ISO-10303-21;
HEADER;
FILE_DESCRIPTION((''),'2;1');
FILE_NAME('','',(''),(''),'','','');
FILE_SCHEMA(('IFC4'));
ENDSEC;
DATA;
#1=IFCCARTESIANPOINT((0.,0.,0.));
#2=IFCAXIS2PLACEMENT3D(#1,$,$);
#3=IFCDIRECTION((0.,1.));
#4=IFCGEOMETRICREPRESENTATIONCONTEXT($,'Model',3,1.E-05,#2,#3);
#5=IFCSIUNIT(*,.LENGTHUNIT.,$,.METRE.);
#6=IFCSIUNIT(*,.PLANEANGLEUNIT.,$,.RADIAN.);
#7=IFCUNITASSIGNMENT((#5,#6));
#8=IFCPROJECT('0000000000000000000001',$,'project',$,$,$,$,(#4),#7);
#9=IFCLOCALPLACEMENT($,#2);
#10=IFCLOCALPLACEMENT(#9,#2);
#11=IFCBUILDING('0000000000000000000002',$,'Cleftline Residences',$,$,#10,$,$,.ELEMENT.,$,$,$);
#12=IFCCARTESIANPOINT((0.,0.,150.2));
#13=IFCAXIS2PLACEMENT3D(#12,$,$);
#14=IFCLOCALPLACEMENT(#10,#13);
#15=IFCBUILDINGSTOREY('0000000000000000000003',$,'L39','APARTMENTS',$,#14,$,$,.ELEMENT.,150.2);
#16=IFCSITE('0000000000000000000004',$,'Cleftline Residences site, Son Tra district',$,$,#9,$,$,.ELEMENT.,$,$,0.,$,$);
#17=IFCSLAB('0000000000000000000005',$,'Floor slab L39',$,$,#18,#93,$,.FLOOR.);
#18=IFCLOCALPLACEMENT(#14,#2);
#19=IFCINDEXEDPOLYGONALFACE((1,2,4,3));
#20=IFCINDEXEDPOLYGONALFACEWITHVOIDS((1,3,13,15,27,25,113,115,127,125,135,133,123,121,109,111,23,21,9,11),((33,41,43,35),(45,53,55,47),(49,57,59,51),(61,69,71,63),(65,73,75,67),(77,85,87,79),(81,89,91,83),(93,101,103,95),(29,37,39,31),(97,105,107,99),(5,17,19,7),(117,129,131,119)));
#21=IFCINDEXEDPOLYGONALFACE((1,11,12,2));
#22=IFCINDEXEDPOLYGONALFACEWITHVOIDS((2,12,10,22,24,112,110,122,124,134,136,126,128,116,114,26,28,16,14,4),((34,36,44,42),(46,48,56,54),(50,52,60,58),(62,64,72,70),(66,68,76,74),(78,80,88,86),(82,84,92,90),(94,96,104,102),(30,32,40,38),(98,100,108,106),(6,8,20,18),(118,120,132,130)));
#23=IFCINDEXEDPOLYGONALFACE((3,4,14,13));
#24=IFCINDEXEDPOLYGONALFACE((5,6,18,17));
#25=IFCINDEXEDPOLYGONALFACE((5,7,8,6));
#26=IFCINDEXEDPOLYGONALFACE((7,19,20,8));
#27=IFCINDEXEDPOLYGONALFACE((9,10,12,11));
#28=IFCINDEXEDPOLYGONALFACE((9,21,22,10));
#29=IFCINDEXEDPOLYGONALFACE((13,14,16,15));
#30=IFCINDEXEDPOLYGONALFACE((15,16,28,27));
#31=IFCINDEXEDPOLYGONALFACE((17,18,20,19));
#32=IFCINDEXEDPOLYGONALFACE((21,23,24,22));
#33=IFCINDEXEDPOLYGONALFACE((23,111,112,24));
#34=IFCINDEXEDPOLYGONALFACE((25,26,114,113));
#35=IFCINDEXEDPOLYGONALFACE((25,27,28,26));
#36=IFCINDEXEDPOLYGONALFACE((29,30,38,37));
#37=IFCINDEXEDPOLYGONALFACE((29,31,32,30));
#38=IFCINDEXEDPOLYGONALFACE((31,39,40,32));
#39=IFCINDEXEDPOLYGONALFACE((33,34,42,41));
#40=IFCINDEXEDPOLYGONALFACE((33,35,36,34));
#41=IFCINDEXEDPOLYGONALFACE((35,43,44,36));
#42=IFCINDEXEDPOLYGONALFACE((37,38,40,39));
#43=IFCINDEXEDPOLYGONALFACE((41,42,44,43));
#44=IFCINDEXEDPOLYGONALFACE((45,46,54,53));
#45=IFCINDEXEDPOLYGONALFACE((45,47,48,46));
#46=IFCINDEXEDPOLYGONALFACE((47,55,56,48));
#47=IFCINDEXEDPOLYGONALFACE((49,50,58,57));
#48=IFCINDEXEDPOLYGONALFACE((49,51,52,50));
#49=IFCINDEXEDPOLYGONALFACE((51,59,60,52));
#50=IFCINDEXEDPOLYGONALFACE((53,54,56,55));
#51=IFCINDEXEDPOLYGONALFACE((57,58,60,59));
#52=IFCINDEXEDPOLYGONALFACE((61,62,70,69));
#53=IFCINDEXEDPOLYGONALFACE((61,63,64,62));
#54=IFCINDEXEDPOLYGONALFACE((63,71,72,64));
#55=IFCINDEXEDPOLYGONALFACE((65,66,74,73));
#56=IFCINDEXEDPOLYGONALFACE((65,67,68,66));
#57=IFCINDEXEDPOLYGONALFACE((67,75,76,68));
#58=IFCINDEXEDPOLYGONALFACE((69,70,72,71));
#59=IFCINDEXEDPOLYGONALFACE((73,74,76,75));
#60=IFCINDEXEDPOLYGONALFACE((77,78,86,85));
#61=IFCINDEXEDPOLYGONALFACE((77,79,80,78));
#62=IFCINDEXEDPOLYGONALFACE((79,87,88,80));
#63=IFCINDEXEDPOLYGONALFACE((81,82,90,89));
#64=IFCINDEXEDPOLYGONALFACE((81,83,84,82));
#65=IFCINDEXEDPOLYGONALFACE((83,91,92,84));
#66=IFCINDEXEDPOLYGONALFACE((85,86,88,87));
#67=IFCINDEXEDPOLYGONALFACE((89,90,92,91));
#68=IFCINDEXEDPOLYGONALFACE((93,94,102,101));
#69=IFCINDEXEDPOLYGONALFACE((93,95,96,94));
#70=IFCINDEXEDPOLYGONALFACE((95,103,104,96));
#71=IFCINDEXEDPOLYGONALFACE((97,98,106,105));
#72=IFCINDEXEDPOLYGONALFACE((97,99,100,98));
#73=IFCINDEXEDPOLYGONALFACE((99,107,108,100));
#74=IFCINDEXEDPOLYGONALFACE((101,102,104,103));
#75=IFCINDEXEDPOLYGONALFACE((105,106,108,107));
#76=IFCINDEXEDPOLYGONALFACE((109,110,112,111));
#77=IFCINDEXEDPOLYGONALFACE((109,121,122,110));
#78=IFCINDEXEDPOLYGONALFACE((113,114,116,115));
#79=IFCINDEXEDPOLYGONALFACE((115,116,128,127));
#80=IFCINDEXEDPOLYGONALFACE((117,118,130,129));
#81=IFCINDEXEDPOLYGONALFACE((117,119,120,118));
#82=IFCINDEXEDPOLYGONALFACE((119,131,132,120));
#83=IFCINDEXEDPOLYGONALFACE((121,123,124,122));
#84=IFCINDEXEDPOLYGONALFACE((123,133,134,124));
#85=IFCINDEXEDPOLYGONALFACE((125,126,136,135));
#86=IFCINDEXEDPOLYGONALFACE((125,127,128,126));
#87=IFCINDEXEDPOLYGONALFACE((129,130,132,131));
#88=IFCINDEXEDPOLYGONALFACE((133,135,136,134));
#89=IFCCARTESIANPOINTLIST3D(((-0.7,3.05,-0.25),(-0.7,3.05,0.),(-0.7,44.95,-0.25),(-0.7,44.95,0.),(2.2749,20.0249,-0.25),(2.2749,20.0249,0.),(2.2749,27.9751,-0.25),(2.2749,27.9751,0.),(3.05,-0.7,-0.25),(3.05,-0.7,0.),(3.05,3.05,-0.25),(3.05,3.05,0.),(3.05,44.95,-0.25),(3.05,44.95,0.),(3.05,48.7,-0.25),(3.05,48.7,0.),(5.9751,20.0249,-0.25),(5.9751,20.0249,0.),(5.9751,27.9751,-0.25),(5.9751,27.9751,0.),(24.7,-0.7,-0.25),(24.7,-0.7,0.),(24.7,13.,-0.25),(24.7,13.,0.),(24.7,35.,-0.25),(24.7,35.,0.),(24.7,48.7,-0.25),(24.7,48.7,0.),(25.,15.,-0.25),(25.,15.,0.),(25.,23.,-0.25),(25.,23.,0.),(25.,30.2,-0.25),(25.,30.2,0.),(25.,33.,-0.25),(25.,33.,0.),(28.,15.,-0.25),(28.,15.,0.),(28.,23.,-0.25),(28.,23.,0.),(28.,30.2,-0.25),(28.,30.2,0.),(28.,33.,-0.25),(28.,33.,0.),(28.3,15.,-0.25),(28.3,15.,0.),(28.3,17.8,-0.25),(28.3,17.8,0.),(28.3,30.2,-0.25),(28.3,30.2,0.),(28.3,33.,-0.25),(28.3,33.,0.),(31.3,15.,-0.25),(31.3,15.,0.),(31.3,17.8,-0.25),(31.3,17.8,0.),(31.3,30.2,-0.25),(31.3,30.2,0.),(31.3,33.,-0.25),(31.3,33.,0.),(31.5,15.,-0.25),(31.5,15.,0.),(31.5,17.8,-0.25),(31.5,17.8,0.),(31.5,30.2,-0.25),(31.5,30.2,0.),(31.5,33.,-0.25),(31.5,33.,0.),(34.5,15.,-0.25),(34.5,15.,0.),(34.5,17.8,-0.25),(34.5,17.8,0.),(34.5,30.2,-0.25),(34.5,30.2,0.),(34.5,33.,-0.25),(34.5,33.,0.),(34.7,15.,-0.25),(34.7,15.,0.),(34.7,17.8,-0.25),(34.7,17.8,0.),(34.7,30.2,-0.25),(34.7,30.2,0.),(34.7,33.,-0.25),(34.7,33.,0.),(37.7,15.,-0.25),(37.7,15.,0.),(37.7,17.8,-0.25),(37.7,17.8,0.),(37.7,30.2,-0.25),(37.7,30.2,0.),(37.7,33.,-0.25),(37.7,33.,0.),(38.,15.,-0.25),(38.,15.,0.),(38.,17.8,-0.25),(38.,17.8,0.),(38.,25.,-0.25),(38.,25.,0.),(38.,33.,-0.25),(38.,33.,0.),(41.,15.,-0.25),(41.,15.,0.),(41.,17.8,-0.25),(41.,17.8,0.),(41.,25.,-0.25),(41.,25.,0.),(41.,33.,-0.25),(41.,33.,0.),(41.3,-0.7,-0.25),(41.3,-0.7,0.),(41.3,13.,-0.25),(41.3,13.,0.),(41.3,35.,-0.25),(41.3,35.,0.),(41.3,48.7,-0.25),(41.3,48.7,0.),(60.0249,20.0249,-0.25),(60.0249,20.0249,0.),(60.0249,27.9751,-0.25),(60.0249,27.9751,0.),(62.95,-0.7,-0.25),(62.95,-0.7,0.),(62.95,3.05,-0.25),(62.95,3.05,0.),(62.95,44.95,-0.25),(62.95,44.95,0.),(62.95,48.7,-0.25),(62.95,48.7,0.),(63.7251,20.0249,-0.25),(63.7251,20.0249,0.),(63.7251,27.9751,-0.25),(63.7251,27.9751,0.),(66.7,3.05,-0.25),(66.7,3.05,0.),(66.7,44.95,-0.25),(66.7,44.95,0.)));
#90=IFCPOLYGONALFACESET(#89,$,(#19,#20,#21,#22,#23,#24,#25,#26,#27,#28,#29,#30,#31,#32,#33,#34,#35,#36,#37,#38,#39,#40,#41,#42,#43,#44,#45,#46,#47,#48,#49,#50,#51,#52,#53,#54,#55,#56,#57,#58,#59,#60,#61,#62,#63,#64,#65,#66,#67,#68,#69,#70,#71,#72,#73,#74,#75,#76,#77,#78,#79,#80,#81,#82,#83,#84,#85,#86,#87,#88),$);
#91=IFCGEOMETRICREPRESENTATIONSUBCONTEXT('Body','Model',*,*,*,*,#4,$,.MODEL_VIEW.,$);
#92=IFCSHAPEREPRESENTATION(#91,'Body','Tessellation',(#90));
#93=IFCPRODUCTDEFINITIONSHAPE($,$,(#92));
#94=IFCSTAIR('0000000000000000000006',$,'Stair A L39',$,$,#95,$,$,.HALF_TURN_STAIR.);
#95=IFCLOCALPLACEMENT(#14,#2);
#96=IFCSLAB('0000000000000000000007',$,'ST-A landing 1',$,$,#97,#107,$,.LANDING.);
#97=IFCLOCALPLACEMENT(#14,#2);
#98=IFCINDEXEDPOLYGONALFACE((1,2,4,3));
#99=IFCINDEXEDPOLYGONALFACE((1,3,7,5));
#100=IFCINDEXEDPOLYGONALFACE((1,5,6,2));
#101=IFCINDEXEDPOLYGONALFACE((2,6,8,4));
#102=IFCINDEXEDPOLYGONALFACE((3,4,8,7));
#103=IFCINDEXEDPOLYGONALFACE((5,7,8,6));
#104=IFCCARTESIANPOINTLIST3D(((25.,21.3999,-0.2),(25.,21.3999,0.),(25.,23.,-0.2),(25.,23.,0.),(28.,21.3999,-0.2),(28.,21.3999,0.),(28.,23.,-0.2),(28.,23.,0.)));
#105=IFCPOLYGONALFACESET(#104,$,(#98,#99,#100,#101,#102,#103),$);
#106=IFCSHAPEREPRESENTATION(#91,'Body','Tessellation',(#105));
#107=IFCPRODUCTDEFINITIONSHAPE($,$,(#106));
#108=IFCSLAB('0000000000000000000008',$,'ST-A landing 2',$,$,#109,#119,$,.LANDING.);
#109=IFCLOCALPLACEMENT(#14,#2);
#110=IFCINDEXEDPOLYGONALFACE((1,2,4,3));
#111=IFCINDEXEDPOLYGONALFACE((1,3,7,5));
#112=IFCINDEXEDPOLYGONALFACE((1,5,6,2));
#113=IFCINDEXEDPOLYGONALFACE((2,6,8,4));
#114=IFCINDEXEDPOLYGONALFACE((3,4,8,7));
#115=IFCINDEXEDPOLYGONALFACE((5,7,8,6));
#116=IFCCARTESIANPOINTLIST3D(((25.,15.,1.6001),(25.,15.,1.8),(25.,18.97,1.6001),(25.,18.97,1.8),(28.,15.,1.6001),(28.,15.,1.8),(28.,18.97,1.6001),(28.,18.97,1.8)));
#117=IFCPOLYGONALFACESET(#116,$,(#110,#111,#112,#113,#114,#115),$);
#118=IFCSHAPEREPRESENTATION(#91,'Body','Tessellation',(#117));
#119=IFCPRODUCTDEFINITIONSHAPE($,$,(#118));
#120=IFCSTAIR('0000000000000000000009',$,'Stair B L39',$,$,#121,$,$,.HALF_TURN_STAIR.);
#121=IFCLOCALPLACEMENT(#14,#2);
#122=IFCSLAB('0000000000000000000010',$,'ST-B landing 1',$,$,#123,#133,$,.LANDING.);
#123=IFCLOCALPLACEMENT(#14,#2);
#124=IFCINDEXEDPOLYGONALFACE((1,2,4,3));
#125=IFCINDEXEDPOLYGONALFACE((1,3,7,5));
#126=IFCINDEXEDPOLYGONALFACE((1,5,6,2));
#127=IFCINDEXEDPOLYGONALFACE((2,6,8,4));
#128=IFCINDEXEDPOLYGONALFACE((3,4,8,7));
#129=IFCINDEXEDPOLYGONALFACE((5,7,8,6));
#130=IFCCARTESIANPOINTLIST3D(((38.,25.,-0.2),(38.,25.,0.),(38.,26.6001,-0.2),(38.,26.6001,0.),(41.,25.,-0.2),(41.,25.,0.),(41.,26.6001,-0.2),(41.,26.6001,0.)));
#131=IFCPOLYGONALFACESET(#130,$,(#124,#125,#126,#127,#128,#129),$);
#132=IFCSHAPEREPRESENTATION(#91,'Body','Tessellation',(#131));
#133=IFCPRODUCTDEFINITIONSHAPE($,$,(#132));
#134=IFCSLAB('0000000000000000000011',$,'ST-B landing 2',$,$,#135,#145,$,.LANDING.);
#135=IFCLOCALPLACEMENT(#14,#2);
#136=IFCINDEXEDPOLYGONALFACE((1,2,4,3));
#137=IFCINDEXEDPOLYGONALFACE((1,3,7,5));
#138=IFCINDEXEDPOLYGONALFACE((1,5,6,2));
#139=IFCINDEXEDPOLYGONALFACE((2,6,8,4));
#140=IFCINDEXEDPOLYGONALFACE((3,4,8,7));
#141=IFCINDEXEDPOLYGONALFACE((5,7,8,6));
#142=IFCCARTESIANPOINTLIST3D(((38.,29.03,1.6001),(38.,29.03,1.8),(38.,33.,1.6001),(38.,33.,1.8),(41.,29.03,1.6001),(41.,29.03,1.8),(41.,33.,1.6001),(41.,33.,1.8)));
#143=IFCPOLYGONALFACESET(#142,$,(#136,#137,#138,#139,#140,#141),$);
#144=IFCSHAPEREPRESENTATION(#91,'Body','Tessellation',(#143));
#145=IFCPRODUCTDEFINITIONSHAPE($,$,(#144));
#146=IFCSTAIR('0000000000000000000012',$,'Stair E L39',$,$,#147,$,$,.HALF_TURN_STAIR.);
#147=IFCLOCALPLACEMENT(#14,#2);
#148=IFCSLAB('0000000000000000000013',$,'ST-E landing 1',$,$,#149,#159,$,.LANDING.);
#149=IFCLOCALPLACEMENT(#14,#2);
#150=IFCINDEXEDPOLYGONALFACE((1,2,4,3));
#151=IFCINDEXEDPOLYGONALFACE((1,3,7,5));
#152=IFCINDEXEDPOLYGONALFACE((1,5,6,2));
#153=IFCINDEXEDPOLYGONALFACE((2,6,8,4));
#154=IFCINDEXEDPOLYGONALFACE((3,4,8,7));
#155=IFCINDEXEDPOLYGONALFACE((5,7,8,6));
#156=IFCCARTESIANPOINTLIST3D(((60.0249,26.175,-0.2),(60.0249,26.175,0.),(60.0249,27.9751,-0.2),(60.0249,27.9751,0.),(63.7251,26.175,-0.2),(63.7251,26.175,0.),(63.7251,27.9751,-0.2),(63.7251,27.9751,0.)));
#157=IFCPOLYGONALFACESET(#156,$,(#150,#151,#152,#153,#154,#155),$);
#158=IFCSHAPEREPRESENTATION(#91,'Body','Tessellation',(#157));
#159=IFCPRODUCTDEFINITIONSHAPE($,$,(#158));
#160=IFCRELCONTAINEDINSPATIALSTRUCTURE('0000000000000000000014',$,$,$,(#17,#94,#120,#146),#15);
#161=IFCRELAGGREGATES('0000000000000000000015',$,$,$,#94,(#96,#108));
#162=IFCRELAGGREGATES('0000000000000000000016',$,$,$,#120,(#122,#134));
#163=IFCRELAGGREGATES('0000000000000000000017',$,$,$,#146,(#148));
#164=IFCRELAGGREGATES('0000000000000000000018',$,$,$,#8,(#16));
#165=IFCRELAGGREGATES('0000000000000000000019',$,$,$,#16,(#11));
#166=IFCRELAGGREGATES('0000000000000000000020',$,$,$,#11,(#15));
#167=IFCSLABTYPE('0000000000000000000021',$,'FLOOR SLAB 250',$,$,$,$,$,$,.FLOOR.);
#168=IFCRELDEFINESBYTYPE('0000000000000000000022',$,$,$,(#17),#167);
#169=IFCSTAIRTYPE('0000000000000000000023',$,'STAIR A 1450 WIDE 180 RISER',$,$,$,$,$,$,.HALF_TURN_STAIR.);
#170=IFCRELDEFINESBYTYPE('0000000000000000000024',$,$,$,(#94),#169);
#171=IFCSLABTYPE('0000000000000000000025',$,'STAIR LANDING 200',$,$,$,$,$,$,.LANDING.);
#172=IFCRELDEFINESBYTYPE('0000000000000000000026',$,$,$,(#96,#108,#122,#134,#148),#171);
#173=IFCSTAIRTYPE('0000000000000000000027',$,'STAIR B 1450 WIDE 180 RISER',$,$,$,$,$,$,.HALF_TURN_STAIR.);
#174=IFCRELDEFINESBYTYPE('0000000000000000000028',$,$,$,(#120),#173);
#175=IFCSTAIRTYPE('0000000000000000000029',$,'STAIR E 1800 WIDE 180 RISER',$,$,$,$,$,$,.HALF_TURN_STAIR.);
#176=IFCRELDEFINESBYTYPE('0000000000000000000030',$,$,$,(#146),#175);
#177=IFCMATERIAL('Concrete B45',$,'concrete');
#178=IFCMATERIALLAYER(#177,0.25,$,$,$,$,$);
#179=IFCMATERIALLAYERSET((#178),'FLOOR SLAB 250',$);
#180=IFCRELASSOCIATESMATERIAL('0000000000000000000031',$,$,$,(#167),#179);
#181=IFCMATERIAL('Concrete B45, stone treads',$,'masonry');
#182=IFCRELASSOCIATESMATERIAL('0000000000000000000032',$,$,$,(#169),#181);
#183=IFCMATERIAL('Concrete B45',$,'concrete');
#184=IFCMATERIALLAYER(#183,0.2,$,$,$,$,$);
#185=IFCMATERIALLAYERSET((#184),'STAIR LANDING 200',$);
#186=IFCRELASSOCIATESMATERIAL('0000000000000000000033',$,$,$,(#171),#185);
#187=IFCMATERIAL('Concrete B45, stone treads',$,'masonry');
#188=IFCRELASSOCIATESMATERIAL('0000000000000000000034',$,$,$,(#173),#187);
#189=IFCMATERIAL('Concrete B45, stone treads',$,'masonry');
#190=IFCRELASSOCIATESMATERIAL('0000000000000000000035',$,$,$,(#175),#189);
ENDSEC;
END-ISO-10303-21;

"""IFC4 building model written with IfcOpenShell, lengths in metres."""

from ifc_helpers import new_model, si_unit, direction, frame, origin, place, context, subcontext, project, spatial, polyline, outline, extrude, material, layer, layer_set, type_object, element, aggregate, save


model = new_model("IFC4")

# Units and contexts
model_context = context("Model", 3, precision=1e-05, world=origin(), true_north=direction((0.0, 1.0)))
body_context = subcontext(model_context, "Body", "Model", "MODEL_VIEW")
ifc_project = project(units=[si_unit("LENGTHUNIT", "METRE"), si_unit("PLANEANGLEUNIT", "RADIAN")], contexts=[model_context])

# Site, building, storey
site_placement = place(None, origin())
site = spatial("IfcSite", under=ifc_project, at=site_placement, Name="Cleftline Residences site, Son Tra district", CompositionType="ELEMENT", RefElevation=0.0)
building_placement = place(site_placement, origin())
building = spatial("IfcBuilding", under=site, at=building_placement, Name="Cleftline Residences", CompositionType="ELEMENT")
storey_placement = place(building_placement, frame((0.0, 0.0, 150.2)))
storey = spatial("IfcBuildingStorey", under=building, at=storey_placement, Name="L39", Description="APARTMENTS", CompositionType="ELEMENT", Elevation=150.2)

# Slab
ifc_material_1 = material(Name="Concrete B45", Category="concrete")
ifc_layer_1 = layer(ifc_material_1, 0.25)
ifc_layer_set_1 = layer_set([ifc_layer_1], Name="FLOOR SLAB 250")
slab_type_1 = type_object("IfcSlabType", Name="FLOOR SLAB 250", PredefinedType="FLOOR", material=ifc_layer_set_1)
slab_1_placement = place(storey_placement, frame((0.0, 0.0, -0.25)))
element("IfcSlab", 1, at=slab_1_placement, inside=storey, type_object=slab_type_1, Name="Floor slab L39", PredefinedType="FLOOR", context=body_context, shape_type="SweptSolid", body=[
    extrude(outline(polyline([(24.7, 13.0), (41.3, 13.0), (41.3, -0.7), (62.95, -0.7), (62.95, 3.05), (66.7, 3.05), (66.7, 44.95), (62.95, 44.95), (62.95, 48.7), (41.3, 48.7), (41.3, 35.0), (24.7, 35.0), (24.7, 48.7), (3.05, 48.7), (3.05, 44.95), (-0.7, 44.95), (-0.7, 3.05), (3.05, 3.05), (3.05, -0.7), (24.7, -0.7), (24.7, 13.0)]), holes=[polyline([(28.0, 15.0), (28.0, 23.0), (25.0, 23.0), (25.0, 15.0), (28.0, 15.0)]), polyline([(41.0, 25.0), (41.0, 33.0), (38.0, 33.0), (38.0, 25.0), (41.0, 25.0)]), polyline([(28.0, 30.2), (28.0, 33.0), (25.0, 33.0), (25.0, 30.2), (28.0, 30.2)]), polyline([(41.0, 15.0), (41.0, 17.8), (38.0, 17.8), (38.0, 15.0), (41.0, 15.0)]), polyline([(31.3, 15.0), (31.3, 17.8), (28.3, 17.8), (28.3, 15.0), (31.3, 15.0)]), polyline([(34.5, 15.0), (34.5, 17.8), (31.5, 17.8), (31.5, 15.0), (34.5, 15.0)]), polyline([(37.7, 15.0), (37.7, 17.8), (34.7, 17.8), (34.7, 15.0), (37.7, 15.0)]), polyline([(31.3, 30.2), (31.3, 33.0), (28.3, 33.0), (28.3, 30.2), (31.3, 30.2)]), polyline([(34.5, 30.2), (34.5, 33.0), (31.5, 33.0), (31.5, 30.2), (34.5, 30.2)]), polyline([(37.7, 30.2), (37.7, 33.0), (34.7, 33.0), (34.7, 30.2), (37.7, 30.2)]), polyline([(63.7251, 20.0249), (63.7251, 27.9751), (60.0249, 27.9751), (60.0249, 20.0249), (63.7251, 20.0249)]), polyline([(5.9751, 20.0249), (5.9751, 27.9751), (2.2749, 27.9751), (2.2749, 20.0249), (5.9751, 20.0249)])]), origin(), (0.0, 0.0, 1.0), 0.25),
])

# Stairs, slabs
ifc_material_2 = material(Name="Concrete B45, stone treads", Category="masonry")
stair_type_1 = type_object("IfcStairType", Name="STAIR A 1450 WIDE 180 RISER", PredefinedType="HALF_TURN_STAIR", material=ifc_material_2)
stair_1_placement = place(storey_placement, origin())
stair_1 = element("IfcStair", 2, at=stair_1_placement, inside=storey, type_object=stair_type_1, Name="Stair A L39", PredefinedType="HALF_TURN_STAIR")
ifc_material_3 = material(Name="Concrete B45", Category="concrete")
ifc_layer_2 = layer(ifc_material_3, 0.2)
ifc_layer_set_2 = layer_set([ifc_layer_2], Name="STAIR LANDING 200")
slab_type_2 = type_object("IfcSlabType", Name="STAIR LANDING 200", PredefinedType="LANDING", material=ifc_layer_set_2)
slab_2_placement = place(storey_placement, frame((0.0, 0.0, -0.2)))
slab_2 = element("IfcSlab", 3, at=slab_2_placement, type_object=slab_type_2, Name="ST-A landing 1", PredefinedType="LANDING", context=body_context, shape_type="SweptSolid", body=[
    extrude(outline(polyline([(25.0, 21.3999), (28.0, 21.3999), (28.0, 23.0), (25.0, 23.0), (25.0, 21.3999)])), origin(), (0.0, 0.0, 1.0), 0.2),
])
slab_3_placement = place(storey_placement, frame((0.0, 0.0, 1.6001)))
slab_3 = element("IfcSlab", 4, at=slab_3_placement, type_object=slab_type_2, Name="ST-A landing 2", PredefinedType="LANDING", context=body_context, shape_type="SweptSolid", body=[
    extrude(outline(polyline([(25.0, 15.0), (28.0, 15.0), (28.0, 18.97), (25.0, 18.97), (25.0, 15.0)])), origin(), (0.0, 0.0, 1.0), 0.2),
])
aggregate(stair_1, [slab_2, slab_3])
ifc_material_4 = material(Name="Concrete B45, stone treads", Category="masonry")
stair_type_2 = type_object("IfcStairType", Name="STAIR B 1450 WIDE 180 RISER", PredefinedType="HALF_TURN_STAIR", material=ifc_material_4)
stair_2_placement = place(storey_placement, origin())
stair_2 = element("IfcStair", 5, at=stair_2_placement, inside=storey, type_object=stair_type_2, Name="Stair B L39", PredefinedType="HALF_TURN_STAIR")
slab_4_placement = place(storey_placement, frame((0.0, 0.0, -0.2)))
slab_4 = element("IfcSlab", 6, at=slab_4_placement, type_object=slab_type_2, Name="ST-B landing 1", PredefinedType="LANDING", context=body_context, shape_type="SweptSolid", body=[
    extrude(outline(polyline([(38.0, 25.0), (41.0, 25.0), (41.0, 26.6001), (38.0, 26.6001), (38.0, 25.0)])), origin(), (0.0, 0.0, 1.0), 0.2),
])
slab_5_placement = place(storey_placement, frame((0.0, 0.0, 1.6001)))
slab_5 = element("IfcSlab", 7, at=slab_5_placement, type_object=slab_type_2, Name="ST-B landing 2", PredefinedType="LANDING", context=body_context, shape_type="SweptSolid", body=[
    extrude(outline(polyline([(38.0, 29.03), (41.0, 29.03), (41.0, 33.0), (38.0, 33.0), (38.0, 29.03)])), origin(), (0.0, 0.0, 1.0), 0.2),
])
aggregate(stair_2, [slab_4, slab_5])

# Stair, slab
ifc_material_5 = material(Name="Concrete B45, stone treads", Category="masonry")
stair_type_3 = type_object("IfcStairType", Name="STAIR E 1800 WIDE 180 RISER", PredefinedType="HALF_TURN_STAIR", material=ifc_material_5)
stair_3_placement = place(storey_placement, origin())
stair_3 = element("IfcStair", 8, at=stair_3_placement, inside=storey, type_object=stair_type_3, Name="Stair E L39", PredefinedType="HALF_TURN_STAIR")
slab_6_placement = place(storey_placement, frame((0.0, 0.0, -0.2)))
slab_6 = element("IfcSlab", 9, at=slab_6_placement, type_object=slab_type_2, Name="ST-E landing 1", PredefinedType="LANDING", context=body_context, shape_type="SweptSolid", body=[
    extrude(outline(polyline([(60.0249, 26.175), (63.7251, 26.175), (63.7251, 27.9751), (60.0249, 27.9751), (60.0249, 26.175)])), origin(), (0.0, 0.0, 1.0), 0.2),
])
aggregate(stair_3, [slab_6])

save(model, "model.ifc")
